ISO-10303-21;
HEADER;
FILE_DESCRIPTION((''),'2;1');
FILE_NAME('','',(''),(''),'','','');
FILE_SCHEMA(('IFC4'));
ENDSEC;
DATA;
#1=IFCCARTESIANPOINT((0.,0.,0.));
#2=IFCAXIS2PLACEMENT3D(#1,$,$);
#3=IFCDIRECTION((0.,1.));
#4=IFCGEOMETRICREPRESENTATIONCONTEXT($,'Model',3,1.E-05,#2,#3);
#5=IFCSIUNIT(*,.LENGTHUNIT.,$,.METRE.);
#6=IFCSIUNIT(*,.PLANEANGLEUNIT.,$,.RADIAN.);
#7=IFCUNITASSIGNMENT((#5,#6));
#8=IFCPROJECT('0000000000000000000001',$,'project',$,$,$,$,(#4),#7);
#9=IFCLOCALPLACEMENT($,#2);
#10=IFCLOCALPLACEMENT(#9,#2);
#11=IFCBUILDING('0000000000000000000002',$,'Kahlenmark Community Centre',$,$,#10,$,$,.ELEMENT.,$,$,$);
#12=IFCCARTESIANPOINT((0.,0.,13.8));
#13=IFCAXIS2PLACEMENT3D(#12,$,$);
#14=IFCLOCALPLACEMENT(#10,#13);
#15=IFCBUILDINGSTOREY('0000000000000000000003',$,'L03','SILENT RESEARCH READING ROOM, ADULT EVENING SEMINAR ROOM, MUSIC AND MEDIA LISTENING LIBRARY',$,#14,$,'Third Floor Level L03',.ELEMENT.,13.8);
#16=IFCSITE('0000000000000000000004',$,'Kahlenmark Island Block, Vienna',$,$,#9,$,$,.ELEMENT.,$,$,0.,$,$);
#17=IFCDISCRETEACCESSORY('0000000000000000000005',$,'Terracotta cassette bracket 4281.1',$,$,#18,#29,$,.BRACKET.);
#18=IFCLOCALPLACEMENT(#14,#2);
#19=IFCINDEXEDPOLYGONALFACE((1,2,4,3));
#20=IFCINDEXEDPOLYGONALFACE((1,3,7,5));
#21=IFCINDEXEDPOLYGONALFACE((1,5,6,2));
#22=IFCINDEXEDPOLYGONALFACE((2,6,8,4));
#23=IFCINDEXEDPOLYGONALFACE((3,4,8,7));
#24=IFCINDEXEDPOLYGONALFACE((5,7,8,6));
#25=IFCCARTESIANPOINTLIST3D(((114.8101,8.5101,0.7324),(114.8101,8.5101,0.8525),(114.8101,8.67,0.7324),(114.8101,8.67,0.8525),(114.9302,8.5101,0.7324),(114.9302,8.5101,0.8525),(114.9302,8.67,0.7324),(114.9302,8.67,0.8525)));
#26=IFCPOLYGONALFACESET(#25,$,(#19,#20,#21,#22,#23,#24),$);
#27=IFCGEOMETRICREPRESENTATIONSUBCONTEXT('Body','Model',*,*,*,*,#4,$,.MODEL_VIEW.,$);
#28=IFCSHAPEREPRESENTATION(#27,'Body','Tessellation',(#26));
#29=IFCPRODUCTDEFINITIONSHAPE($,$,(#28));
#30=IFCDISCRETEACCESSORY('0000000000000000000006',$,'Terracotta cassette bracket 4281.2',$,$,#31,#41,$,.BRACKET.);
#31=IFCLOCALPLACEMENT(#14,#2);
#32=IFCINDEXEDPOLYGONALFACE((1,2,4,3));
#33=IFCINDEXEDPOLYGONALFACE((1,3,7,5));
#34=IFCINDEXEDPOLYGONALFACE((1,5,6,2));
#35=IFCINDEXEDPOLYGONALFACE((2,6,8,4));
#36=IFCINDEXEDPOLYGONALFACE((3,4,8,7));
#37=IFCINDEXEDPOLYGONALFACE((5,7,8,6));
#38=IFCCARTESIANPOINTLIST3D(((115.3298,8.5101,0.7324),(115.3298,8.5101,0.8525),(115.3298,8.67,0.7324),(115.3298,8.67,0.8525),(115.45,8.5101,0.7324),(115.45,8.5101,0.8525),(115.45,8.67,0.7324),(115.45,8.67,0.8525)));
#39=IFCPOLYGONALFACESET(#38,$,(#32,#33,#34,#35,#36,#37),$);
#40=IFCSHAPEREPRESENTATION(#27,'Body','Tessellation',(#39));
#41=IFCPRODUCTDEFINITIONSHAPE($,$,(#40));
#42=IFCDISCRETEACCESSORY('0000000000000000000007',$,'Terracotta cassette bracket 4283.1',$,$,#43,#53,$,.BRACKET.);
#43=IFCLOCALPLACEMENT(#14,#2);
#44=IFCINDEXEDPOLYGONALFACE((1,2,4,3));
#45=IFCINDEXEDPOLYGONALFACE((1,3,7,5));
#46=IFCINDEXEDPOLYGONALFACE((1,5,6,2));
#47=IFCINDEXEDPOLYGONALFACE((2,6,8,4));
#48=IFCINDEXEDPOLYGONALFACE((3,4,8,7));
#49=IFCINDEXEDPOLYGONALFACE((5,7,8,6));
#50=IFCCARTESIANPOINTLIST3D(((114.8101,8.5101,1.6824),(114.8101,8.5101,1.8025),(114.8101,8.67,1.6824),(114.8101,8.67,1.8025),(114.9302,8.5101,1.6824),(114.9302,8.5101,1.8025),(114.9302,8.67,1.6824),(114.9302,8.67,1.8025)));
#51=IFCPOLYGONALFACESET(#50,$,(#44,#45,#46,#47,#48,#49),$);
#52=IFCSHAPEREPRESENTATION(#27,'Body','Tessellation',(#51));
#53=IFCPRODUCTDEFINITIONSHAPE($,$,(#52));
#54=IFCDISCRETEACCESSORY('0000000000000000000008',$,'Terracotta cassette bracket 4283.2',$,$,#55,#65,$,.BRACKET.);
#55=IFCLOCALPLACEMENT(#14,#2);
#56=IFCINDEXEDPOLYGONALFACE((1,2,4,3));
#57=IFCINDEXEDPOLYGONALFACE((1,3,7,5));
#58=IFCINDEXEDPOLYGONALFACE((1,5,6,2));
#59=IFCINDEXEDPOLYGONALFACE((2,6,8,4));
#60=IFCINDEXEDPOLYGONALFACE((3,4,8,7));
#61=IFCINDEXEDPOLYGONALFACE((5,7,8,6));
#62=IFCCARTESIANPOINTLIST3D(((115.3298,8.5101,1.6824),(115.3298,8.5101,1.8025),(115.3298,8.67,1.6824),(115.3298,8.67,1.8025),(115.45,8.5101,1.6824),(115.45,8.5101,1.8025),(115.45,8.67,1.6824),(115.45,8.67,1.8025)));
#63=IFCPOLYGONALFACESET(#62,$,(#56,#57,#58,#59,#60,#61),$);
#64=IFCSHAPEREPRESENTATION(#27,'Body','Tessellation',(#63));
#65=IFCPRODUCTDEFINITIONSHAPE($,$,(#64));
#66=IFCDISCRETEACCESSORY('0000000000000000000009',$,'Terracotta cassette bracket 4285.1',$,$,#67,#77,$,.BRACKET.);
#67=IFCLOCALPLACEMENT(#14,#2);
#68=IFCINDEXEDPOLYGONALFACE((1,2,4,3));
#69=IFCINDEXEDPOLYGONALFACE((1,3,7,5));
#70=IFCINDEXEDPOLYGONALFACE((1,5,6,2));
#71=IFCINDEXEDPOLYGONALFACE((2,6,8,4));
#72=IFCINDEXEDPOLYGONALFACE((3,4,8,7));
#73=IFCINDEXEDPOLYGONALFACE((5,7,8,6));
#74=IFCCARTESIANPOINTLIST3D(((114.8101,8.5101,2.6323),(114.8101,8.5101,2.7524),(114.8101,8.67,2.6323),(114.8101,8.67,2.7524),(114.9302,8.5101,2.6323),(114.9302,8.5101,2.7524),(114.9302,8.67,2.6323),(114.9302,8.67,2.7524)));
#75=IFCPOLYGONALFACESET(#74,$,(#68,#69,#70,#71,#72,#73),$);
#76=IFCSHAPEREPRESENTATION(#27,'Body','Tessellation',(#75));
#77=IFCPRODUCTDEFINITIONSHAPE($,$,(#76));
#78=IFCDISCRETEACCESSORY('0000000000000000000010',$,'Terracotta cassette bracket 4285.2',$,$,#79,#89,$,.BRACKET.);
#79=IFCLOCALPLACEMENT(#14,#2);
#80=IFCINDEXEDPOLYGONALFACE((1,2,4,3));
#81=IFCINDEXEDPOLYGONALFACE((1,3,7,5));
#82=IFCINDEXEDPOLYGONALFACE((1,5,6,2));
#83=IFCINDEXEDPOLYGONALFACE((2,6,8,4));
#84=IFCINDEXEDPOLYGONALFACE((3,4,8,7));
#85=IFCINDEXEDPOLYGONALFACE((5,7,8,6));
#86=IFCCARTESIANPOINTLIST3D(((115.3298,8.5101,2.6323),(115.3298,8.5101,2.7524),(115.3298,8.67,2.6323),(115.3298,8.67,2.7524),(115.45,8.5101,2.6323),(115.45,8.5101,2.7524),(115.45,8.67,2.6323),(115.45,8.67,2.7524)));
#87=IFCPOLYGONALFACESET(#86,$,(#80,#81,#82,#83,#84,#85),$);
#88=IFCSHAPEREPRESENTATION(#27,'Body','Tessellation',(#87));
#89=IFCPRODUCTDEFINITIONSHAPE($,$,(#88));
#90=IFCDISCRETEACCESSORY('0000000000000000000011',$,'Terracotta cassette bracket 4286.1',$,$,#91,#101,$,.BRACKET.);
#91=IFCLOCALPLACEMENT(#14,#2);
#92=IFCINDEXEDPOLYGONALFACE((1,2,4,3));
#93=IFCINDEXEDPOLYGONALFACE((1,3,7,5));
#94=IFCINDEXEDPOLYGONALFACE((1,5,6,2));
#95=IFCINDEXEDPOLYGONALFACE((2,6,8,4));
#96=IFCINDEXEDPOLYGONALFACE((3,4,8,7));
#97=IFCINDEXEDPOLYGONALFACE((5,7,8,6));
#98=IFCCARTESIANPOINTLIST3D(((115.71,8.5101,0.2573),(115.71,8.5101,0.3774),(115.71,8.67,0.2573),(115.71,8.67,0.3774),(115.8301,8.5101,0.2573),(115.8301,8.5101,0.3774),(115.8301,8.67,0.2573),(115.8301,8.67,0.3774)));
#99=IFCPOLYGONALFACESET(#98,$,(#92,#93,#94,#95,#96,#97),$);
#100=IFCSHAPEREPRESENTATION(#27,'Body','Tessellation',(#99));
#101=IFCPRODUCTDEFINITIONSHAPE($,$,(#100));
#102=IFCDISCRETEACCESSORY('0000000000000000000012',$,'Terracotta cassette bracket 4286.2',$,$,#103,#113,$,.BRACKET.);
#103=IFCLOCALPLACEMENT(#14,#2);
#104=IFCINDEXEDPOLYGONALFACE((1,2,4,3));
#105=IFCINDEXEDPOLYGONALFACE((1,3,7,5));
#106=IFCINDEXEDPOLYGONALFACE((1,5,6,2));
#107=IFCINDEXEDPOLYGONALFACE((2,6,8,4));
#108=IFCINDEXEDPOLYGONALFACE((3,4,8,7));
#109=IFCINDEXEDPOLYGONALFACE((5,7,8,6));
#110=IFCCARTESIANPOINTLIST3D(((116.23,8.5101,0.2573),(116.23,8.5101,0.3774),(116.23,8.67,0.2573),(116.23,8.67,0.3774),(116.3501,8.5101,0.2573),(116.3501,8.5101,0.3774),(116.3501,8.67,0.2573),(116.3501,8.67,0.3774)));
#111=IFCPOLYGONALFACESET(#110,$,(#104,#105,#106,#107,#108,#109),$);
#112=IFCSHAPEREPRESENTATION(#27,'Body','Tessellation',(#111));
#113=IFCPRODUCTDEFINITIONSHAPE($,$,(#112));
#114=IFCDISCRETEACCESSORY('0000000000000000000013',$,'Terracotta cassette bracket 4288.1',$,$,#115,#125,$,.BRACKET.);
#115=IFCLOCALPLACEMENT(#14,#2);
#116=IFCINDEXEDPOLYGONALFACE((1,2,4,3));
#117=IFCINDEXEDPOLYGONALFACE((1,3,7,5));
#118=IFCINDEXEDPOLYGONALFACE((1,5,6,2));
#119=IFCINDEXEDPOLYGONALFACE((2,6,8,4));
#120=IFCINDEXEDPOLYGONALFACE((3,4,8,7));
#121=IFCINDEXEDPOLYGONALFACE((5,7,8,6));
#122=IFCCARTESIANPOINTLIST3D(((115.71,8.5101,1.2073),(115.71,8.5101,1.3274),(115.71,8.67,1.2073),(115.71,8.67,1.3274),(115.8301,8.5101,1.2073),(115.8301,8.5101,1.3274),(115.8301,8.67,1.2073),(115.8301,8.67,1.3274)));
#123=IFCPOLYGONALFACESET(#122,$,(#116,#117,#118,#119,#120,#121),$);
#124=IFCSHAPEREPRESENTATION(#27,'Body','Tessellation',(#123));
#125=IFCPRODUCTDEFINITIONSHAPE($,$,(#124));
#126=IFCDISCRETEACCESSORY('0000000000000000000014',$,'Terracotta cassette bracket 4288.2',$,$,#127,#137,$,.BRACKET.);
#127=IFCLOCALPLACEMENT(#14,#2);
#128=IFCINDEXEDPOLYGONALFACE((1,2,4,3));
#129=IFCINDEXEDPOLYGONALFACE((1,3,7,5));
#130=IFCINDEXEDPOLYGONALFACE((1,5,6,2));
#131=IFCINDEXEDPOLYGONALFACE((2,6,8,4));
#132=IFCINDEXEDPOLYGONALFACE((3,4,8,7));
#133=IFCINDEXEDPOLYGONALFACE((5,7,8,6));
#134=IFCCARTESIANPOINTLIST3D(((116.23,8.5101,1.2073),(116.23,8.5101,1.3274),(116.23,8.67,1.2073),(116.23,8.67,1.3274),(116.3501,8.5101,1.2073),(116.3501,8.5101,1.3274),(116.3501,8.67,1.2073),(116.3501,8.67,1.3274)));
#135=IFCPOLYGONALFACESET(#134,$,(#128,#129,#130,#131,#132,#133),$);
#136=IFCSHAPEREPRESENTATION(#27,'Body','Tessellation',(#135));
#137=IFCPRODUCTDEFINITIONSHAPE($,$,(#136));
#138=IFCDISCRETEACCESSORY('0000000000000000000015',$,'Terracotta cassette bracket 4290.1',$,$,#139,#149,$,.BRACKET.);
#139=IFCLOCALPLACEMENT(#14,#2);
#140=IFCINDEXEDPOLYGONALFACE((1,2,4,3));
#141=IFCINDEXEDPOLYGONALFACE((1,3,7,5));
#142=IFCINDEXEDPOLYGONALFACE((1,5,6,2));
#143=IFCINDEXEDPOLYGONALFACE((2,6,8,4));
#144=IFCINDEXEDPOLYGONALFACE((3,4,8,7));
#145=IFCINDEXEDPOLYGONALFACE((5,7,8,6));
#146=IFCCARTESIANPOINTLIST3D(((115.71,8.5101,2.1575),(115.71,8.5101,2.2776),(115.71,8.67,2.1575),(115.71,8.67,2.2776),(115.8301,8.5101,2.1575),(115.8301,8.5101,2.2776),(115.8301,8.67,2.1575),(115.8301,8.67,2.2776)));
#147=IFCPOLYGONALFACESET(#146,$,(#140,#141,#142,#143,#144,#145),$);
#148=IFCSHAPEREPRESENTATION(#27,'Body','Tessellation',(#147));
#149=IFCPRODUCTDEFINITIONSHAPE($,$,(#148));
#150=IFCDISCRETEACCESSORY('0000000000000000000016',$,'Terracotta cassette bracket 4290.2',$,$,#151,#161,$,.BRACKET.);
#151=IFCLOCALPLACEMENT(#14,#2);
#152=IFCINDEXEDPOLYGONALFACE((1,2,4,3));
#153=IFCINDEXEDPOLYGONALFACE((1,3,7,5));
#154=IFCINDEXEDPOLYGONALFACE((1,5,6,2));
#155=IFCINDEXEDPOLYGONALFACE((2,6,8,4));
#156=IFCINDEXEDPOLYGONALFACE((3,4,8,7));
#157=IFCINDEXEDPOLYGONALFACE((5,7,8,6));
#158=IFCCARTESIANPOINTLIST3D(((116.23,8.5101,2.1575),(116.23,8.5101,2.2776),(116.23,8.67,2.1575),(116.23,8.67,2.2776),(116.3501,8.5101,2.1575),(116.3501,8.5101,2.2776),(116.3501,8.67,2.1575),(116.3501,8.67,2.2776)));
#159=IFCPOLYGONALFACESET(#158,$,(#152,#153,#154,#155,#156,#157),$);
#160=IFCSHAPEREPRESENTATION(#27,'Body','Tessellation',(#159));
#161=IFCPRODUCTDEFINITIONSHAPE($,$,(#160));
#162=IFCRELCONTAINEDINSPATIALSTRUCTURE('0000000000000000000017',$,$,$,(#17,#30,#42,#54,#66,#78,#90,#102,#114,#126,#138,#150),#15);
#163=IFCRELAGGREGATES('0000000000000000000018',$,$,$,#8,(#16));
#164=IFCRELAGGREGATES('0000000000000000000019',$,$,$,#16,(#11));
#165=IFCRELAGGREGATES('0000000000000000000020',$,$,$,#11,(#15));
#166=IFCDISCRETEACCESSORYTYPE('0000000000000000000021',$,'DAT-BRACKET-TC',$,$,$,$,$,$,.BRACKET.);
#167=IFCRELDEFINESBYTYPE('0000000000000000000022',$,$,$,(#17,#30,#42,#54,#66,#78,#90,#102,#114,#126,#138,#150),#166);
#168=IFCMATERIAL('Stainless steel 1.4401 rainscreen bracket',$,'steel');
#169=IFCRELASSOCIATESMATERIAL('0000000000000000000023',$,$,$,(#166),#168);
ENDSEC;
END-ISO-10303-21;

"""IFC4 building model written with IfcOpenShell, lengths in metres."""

from ifc_helpers import new_model, si_unit, direction, frame, origin, origin_2d, place, context, subcontext, project, spatial, rectangle, extrude, material, type_object, element, save


model = new_model("IFC4")

# Units and contexts
model_context = context("Model", 3, precision=1e-05, world=origin(), true_north=direction((0.0, 1.0)))
body_context = subcontext(model_context, "Body", "Model", "MODEL_VIEW")
ifc_project = project(units=[si_unit("LENGTHUNIT", "METRE"), si_unit("PLANEANGLEUNIT", "RADIAN")], contexts=[model_context])

# Site, building, storey
site_placement = place(None, origin())
site = spatial("IfcSite", under=ifc_project, at=site_placement, Name="Kahlenmark Island Block, Vienna", CompositionType="ELEMENT", RefElevation=0.0)
building_placement = place(site_placement, origin())
building = spatial("IfcBuilding", under=site, at=building_placement, Name="Kahlenmark Community Centre", CompositionType="ELEMENT")
storey_placement = place(building_placement, frame((0.0, 0.0, 13.8)))
storey = spatial("IfcBuildingStorey", under=building, at=storey_placement, Name="L03", Description="SILENT RESEARCH READING ROOM, ADULT EVENING SEMINAR ROOM, MUSIC AND MEDIA LISTENING LIBRARY", LongName="Third Floor Level L03", CompositionType="ELEMENT", Elevation=13.8)

# Discrete accessories
ifc_material_1 = material(Name="Stainless steel 1.4401 rainscreen bracket", Category="steel")
discrete_accessory_type = type_object("IfcDiscreteAccessoryType", Name="DAT-BRACKET-TC", PredefinedType="BRACKET", material=ifc_material_1)
for number, where, z_axis, x_axis, name in (
    (1, (114.8701, 8.5901, 0.7324), (0.0, 0.0, 1.0), (1.0, 0.0, 0.0), "Terracotta cassette bracket 4281.1"),
    (2, (115.3899, 8.5901, 0.7324), (0.0, 0.0, 1.0), (1.0, 0.0, 0.0), "Terracotta cassette bracket 4281.2"),
    (3, (114.8701, 8.5901, 1.6824), (0.0, 0.0, 1.0), (1.0, 0.0, 0.0), "Terracotta cassette bracket 4283.1"),
    (4, (115.3899, 8.5901, 1.6824), (0.0, 0.0, 1.0), (1.0, 0.0, 0.0), "Terracotta cassette bracket 4283.2"),
    (5, (114.8701, 8.5901, 2.6323), (0.0, 0.0, 1.0), (1.0, 0.0, 0.0), "Terracotta cassette bracket 4285.1"),
    (6, (115.3899, 8.5901, 2.6323), (0.0, 0.0, 1.0), (1.0, 0.0, 0.0), "Terracotta cassette bracket 4285.2"),
    (7, (115.77, 8.5901, 0.2573), (0.0, 0.0, 1.0), (1.0, 0.0, 0.0), "Terracotta cassette bracket 4286.1"),
    (8, (116.29, 8.5901, 0.2573), (0.0, 0.0, 1.0), (1.0, 0.0, 0.0), "Terracotta cassette bracket 4286.2"),
    (9, (115.77, 8.5901, 1.2073), (0.0, 0.0, 1.0), (1.0, 0.0, 0.0), "Terracotta cassette bracket 4288.1"),
    (10, (116.29, 8.5901, 1.2073), (0.0, 0.0, 1.0), (1.0, 0.0, 0.0), "Terracotta cassette bracket 4288.2"),
    (11, (115.77, 8.5901, 2.1575), (0.0, 0.0, 1.0), (1.0, 0.0, 0.0), "Terracotta cassette bracket 4290.1"),
    (12, (116.29, 8.5901, 2.1575), (0.0, 0.0, 1.0), (1.0, 0.0, 0.0), "Terracotta cassette bracket 4290.2"),
):
    element("IfcDiscreteAccessory", number, at=place(storey_placement, frame(where, z_axis=z_axis, x_axis=x_axis)), inside=storey, type_object=discrete_accessory_type, Name=name, PredefinedType="BRACKET", context=body_context, shape_type="SweptSolid", body=[
        extrude(rectangle(XDim=0.1201, YDim=0.1599, at=origin_2d()), origin(), (0.0, 0.0, 1.0), 0.1201),
    ])

save(model, "model.ifc")
